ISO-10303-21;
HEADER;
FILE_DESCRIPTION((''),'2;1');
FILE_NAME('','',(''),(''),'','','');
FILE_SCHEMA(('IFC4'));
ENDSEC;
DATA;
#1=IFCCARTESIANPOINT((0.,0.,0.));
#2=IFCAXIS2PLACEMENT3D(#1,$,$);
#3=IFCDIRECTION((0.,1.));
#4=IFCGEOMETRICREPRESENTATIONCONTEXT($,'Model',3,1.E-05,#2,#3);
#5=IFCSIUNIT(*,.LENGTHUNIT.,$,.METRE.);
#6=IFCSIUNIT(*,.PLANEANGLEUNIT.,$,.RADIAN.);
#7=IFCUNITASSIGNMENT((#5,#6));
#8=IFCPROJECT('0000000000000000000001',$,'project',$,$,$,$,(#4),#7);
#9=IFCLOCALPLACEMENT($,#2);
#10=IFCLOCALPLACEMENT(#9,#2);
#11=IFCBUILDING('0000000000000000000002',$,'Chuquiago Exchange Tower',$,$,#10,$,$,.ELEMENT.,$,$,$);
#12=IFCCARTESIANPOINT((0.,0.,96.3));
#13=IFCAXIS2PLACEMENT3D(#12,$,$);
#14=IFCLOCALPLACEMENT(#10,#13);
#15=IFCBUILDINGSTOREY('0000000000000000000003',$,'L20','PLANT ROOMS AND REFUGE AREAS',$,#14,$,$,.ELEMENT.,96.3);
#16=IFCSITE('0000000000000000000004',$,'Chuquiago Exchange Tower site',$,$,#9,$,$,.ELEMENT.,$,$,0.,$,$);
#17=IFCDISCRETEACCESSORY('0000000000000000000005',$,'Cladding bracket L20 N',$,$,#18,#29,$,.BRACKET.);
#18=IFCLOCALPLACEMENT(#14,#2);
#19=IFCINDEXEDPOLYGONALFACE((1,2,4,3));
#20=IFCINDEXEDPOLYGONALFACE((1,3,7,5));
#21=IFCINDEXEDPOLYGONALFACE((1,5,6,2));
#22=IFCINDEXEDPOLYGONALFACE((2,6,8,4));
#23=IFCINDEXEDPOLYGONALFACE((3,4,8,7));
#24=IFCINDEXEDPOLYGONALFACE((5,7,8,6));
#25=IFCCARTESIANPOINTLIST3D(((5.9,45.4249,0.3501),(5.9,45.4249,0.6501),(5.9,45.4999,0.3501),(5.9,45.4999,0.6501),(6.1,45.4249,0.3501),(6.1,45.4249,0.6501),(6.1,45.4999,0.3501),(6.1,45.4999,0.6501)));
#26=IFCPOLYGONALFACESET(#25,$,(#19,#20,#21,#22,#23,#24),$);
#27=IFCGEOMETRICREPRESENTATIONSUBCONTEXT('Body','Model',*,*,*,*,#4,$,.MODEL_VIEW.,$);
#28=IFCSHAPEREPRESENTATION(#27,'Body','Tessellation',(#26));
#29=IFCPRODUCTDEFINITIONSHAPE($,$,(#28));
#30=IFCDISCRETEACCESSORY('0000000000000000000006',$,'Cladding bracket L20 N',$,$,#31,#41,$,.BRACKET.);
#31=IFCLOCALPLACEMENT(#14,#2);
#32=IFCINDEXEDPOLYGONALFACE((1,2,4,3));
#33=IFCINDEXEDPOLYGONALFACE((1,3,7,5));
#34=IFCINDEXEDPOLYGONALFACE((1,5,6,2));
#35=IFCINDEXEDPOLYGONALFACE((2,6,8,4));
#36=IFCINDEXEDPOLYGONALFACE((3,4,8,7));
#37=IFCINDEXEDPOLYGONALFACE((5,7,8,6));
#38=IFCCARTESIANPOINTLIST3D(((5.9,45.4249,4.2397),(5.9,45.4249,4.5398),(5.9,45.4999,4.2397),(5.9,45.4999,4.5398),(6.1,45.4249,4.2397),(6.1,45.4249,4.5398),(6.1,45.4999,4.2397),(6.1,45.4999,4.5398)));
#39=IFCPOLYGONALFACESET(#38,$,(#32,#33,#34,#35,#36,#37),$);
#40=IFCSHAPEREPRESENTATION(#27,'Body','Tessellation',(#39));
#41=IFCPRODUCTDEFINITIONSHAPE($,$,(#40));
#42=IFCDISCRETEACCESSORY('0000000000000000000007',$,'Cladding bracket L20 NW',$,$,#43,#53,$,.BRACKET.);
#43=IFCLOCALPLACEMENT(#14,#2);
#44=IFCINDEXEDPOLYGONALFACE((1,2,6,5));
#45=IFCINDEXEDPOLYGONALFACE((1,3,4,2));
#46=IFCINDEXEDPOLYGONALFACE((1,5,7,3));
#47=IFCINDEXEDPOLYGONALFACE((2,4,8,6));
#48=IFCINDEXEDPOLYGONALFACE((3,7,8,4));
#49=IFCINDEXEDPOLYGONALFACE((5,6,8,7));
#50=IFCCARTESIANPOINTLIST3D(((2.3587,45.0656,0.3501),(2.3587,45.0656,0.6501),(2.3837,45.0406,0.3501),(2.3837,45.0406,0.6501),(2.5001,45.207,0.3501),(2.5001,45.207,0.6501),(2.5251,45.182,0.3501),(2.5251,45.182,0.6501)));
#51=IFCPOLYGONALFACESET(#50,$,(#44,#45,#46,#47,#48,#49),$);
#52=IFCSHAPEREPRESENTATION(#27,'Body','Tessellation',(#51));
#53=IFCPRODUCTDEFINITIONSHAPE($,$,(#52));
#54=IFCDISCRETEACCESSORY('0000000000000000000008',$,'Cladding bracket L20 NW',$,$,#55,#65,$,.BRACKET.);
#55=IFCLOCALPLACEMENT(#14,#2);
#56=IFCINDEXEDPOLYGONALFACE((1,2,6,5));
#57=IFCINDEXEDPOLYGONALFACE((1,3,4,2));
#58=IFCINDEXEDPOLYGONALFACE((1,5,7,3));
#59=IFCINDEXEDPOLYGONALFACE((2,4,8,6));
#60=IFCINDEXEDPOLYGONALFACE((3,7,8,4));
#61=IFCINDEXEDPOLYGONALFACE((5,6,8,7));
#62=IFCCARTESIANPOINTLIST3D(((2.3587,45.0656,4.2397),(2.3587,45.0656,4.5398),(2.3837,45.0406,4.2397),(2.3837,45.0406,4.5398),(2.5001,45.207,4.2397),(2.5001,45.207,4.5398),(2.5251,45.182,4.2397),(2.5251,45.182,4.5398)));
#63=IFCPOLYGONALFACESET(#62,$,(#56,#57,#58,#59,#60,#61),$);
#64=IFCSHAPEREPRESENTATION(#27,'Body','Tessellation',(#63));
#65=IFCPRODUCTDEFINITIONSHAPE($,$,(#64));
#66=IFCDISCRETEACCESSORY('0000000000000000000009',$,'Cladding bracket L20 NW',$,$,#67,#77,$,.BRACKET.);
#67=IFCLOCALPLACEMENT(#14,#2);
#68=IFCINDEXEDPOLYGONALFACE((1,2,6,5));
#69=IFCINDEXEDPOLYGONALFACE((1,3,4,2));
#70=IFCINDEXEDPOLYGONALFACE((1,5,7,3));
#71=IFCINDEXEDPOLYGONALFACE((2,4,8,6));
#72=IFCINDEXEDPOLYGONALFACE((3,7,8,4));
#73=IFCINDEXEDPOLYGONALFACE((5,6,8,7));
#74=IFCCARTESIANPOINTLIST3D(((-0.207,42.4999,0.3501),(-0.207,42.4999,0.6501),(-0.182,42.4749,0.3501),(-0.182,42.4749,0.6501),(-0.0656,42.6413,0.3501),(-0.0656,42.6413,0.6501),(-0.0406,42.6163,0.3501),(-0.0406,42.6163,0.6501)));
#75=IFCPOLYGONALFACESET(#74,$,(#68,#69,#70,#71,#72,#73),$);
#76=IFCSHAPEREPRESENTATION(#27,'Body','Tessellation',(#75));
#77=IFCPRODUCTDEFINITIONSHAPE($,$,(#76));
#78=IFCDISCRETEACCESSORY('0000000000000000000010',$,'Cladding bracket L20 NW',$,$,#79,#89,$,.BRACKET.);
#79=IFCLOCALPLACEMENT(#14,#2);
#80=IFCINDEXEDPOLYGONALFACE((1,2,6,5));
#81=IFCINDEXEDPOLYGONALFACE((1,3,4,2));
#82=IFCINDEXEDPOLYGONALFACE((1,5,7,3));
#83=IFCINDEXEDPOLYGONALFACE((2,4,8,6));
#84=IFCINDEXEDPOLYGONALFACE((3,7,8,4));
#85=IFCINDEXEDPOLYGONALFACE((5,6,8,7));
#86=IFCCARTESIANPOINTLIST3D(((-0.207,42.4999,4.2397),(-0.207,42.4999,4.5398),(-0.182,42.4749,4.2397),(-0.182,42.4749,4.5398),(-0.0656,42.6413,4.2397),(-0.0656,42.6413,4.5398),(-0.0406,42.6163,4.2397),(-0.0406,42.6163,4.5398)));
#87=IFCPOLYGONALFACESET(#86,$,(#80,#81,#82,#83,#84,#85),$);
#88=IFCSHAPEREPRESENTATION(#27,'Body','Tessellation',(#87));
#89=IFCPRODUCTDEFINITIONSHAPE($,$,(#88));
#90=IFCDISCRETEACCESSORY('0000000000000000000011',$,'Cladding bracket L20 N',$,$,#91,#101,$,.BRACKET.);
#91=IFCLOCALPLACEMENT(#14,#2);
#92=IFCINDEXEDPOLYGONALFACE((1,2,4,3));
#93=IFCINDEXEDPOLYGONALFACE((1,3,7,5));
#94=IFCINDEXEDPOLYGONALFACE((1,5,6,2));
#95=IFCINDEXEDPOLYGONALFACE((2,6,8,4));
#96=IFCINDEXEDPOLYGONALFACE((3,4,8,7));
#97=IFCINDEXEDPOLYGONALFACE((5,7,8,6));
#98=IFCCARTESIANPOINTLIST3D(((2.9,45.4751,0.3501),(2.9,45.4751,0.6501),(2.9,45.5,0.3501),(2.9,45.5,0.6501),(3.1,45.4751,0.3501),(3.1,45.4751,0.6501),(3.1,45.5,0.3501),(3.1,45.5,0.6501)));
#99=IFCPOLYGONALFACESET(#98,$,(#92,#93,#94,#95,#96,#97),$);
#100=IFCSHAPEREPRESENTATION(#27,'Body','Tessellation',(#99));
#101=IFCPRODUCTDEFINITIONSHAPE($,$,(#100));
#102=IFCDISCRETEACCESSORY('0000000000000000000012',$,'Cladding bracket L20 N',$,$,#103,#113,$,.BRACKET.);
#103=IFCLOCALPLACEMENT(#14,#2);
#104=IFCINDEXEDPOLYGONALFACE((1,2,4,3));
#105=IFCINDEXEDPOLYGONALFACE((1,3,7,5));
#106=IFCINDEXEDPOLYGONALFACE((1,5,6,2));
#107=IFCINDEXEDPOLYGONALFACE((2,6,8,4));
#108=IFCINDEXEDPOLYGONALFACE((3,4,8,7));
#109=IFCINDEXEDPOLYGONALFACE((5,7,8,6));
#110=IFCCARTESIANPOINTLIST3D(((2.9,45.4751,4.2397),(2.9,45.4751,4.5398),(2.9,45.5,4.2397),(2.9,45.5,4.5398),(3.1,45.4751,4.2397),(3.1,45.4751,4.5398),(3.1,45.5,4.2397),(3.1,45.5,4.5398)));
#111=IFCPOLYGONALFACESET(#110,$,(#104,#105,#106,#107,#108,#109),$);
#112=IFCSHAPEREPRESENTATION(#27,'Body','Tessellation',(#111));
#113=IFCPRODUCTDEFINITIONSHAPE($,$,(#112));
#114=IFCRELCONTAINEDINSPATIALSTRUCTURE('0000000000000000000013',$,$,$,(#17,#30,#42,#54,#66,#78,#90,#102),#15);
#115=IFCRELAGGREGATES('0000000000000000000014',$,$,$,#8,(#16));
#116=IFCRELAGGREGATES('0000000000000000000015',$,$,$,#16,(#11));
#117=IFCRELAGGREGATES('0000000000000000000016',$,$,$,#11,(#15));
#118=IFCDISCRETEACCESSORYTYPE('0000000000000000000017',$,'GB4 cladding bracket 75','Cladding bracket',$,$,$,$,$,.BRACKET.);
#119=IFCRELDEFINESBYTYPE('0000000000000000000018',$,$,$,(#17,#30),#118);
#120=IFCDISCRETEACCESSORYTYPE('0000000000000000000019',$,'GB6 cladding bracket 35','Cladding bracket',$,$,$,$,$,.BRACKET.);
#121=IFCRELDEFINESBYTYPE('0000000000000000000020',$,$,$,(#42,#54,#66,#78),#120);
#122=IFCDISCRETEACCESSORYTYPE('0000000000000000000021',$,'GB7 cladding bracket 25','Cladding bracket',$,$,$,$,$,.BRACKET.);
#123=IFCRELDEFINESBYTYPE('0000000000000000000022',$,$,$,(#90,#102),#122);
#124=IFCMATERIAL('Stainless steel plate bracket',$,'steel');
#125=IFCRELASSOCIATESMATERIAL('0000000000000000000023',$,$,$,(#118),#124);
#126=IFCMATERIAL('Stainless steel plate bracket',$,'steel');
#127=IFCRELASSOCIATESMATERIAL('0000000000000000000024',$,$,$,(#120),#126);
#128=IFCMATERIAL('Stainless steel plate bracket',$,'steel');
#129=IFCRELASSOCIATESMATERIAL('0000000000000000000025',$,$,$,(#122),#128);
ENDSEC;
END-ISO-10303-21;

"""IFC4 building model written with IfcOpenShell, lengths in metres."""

from ifc_helpers import new_model, si_unit, direction, frame, origin, origin_2d, place, context, subcontext, project, spatial, rectangle, extrude, material, type_object, element, save


model = new_model("IFC4")

# Units and contexts
model_context = context("Model", 3, precision=1e-05, world=origin(), true_north=direction((0.0, 1.0)))
body_context = subcontext(model_context, "Body", "Model", "MODEL_VIEW")
ifc_project = project(units=[si_unit("LENGTHUNIT", "METRE"), si_unit("PLANEANGLEUNIT", "RADIAN")], contexts=[model_context])

# Site, building, storey
site_placement = place(None, origin())
site = spatial("IfcSite", under=ifc_project, at=site_placement, Name="Chuquiago Exchange Tower site", CompositionType="ELEMENT", RefElevation=0.0)
building_placement = place(site_placement, origin())
building = spatial("IfcBuilding", under=site, at=building_placement, Name="Chuquiago Exchange Tower", CompositionType="ELEMENT")
storey_placement = place(building_placement, frame((0.0, 0.0, 96.3)))
storey = spatial("IfcBuildingStorey", under=building, at=storey_placement, Name="L20", Description="PLANT ROOMS AND REFUGE AREAS", CompositionType="ELEMENT", Elevation=96.3)

# Discrete accessories
ifc_material_1 = material(Name="Stainless steel plate bracket", Category="steel")
discrete_accessory_type_1 = type_object("IfcDiscreteAccessoryType", Name="GB4 cladding bracket 75", Description="Cladding bracket", PredefinedType="BRACKET", material=ifc_material_1)
for number, where, z_axis, x_axis, name in (
    (1, (6.0, 45.4624, 0.3501), (0.0, 0.0, 1.0), (-1.0, 0.0, 0.0), "Cladding bracket L20 N"),
    (2, (6.0, 45.4624, 4.2397), (0.0, 0.0, 1.0), (-1.0, 0.0, 0.0), "Cladding bracket L20 N"),
):
    element("IfcDiscreteAccessory", number, at=place(storey_placement, frame(where, z_axis=z_axis, x_axis=x_axis)), inside=storey, type_object=discrete_accessory_type_1, Name=name, PredefinedType="BRACKET", context=body_context, shape_type="SweptSolid", body=[
        extrude(rectangle(XDim=0.2, YDim=0.075, at=origin_2d()), origin(), (0.0, 0.0, 1.0), 0.3),
    ])
ifc_material_2 = material(Name="Stainless steel plate bracket", Category="steel")
discrete_accessory_type_2 = type_object("IfcDiscreteAccessoryType", Name="GB6 cladding bracket 35", Description="Cladding bracket", PredefinedType="BRACKET", material=ifc_material_2)
for number, where, z_axis, x_axis, name in (
    (3, (2.4419, 45.1238, 0.3501), (0.0, 0.0, 1.0), (-0.707107, -0.707107, 0.0), "Cladding bracket L20 NW"),
    (4, (2.4419, 45.1238, 4.2397), (0.0, 0.0, 1.0), (-0.707107, -0.707107, 0.0), "Cladding bracket L20 NW"),
    (5, (-0.1238, 42.5581, 0.3501), (0.0, 0.0, 1.0), (-0.707107, -0.707107, 0.0), "Cladding bracket L20 NW"),
    (6, (-0.1238, 42.5581, 4.2397), (0.0, 0.0, 1.0), (-0.707107, -0.707107, 0.0), "Cladding bracket L20 NW"),
):
    element("IfcDiscreteAccessory", number, at=place(storey_placement, frame(where, z_axis=z_axis, x_axis=x_axis)), inside=storey, type_object=discrete_accessory_type_2, Name=name, PredefinedType="BRACKET", context=body_context, shape_type="SweptSolid", body=[
        extrude(rectangle(XDim=0.2, YDim=0.0354, at=origin_2d()), origin(), (0.0, 0.0, 1.0), 0.3),
    ])
ifc_material_3 = material(Name="Stainless steel plate bracket", Category="steel")
discrete_accessory_type_3 = type_object("IfcDiscreteAccessoryType", Name="GB7 cladding bracket 25", Description="Cladding bracket", PredefinedType="BRACKET", material=ifc_material_3)
for number, where, z_axis, x_axis, name in (
    (7, (3.0, 45.4875, 0.3501), (0.0, 0.0, 1.0), (-1.0, 0.0, 0.0), "Cladding bracket L20 N"),
    (8, (3.0, 45.4875, 4.2397), (0.0, 0.0, 1.0), (-1.0, 0.0, 0.0), "Cladding bracket L20 N"),
):
    element("IfcDiscreteAccessory", number, at=place(storey_placement, frame(where, z_axis=z_axis, x_axis=x_axis)), inside=storey, type_object=discrete_accessory_type_3, Name=name, PredefinedType="BRACKET", context=body_context, shape_type="SweptSolid", body=[
        extrude(rectangle(XDim=0.2, YDim=0.0249, at=origin_2d()), origin(), (0.0, 0.0, 1.0), 0.3),
    ])

save(model, "model.ifc")
